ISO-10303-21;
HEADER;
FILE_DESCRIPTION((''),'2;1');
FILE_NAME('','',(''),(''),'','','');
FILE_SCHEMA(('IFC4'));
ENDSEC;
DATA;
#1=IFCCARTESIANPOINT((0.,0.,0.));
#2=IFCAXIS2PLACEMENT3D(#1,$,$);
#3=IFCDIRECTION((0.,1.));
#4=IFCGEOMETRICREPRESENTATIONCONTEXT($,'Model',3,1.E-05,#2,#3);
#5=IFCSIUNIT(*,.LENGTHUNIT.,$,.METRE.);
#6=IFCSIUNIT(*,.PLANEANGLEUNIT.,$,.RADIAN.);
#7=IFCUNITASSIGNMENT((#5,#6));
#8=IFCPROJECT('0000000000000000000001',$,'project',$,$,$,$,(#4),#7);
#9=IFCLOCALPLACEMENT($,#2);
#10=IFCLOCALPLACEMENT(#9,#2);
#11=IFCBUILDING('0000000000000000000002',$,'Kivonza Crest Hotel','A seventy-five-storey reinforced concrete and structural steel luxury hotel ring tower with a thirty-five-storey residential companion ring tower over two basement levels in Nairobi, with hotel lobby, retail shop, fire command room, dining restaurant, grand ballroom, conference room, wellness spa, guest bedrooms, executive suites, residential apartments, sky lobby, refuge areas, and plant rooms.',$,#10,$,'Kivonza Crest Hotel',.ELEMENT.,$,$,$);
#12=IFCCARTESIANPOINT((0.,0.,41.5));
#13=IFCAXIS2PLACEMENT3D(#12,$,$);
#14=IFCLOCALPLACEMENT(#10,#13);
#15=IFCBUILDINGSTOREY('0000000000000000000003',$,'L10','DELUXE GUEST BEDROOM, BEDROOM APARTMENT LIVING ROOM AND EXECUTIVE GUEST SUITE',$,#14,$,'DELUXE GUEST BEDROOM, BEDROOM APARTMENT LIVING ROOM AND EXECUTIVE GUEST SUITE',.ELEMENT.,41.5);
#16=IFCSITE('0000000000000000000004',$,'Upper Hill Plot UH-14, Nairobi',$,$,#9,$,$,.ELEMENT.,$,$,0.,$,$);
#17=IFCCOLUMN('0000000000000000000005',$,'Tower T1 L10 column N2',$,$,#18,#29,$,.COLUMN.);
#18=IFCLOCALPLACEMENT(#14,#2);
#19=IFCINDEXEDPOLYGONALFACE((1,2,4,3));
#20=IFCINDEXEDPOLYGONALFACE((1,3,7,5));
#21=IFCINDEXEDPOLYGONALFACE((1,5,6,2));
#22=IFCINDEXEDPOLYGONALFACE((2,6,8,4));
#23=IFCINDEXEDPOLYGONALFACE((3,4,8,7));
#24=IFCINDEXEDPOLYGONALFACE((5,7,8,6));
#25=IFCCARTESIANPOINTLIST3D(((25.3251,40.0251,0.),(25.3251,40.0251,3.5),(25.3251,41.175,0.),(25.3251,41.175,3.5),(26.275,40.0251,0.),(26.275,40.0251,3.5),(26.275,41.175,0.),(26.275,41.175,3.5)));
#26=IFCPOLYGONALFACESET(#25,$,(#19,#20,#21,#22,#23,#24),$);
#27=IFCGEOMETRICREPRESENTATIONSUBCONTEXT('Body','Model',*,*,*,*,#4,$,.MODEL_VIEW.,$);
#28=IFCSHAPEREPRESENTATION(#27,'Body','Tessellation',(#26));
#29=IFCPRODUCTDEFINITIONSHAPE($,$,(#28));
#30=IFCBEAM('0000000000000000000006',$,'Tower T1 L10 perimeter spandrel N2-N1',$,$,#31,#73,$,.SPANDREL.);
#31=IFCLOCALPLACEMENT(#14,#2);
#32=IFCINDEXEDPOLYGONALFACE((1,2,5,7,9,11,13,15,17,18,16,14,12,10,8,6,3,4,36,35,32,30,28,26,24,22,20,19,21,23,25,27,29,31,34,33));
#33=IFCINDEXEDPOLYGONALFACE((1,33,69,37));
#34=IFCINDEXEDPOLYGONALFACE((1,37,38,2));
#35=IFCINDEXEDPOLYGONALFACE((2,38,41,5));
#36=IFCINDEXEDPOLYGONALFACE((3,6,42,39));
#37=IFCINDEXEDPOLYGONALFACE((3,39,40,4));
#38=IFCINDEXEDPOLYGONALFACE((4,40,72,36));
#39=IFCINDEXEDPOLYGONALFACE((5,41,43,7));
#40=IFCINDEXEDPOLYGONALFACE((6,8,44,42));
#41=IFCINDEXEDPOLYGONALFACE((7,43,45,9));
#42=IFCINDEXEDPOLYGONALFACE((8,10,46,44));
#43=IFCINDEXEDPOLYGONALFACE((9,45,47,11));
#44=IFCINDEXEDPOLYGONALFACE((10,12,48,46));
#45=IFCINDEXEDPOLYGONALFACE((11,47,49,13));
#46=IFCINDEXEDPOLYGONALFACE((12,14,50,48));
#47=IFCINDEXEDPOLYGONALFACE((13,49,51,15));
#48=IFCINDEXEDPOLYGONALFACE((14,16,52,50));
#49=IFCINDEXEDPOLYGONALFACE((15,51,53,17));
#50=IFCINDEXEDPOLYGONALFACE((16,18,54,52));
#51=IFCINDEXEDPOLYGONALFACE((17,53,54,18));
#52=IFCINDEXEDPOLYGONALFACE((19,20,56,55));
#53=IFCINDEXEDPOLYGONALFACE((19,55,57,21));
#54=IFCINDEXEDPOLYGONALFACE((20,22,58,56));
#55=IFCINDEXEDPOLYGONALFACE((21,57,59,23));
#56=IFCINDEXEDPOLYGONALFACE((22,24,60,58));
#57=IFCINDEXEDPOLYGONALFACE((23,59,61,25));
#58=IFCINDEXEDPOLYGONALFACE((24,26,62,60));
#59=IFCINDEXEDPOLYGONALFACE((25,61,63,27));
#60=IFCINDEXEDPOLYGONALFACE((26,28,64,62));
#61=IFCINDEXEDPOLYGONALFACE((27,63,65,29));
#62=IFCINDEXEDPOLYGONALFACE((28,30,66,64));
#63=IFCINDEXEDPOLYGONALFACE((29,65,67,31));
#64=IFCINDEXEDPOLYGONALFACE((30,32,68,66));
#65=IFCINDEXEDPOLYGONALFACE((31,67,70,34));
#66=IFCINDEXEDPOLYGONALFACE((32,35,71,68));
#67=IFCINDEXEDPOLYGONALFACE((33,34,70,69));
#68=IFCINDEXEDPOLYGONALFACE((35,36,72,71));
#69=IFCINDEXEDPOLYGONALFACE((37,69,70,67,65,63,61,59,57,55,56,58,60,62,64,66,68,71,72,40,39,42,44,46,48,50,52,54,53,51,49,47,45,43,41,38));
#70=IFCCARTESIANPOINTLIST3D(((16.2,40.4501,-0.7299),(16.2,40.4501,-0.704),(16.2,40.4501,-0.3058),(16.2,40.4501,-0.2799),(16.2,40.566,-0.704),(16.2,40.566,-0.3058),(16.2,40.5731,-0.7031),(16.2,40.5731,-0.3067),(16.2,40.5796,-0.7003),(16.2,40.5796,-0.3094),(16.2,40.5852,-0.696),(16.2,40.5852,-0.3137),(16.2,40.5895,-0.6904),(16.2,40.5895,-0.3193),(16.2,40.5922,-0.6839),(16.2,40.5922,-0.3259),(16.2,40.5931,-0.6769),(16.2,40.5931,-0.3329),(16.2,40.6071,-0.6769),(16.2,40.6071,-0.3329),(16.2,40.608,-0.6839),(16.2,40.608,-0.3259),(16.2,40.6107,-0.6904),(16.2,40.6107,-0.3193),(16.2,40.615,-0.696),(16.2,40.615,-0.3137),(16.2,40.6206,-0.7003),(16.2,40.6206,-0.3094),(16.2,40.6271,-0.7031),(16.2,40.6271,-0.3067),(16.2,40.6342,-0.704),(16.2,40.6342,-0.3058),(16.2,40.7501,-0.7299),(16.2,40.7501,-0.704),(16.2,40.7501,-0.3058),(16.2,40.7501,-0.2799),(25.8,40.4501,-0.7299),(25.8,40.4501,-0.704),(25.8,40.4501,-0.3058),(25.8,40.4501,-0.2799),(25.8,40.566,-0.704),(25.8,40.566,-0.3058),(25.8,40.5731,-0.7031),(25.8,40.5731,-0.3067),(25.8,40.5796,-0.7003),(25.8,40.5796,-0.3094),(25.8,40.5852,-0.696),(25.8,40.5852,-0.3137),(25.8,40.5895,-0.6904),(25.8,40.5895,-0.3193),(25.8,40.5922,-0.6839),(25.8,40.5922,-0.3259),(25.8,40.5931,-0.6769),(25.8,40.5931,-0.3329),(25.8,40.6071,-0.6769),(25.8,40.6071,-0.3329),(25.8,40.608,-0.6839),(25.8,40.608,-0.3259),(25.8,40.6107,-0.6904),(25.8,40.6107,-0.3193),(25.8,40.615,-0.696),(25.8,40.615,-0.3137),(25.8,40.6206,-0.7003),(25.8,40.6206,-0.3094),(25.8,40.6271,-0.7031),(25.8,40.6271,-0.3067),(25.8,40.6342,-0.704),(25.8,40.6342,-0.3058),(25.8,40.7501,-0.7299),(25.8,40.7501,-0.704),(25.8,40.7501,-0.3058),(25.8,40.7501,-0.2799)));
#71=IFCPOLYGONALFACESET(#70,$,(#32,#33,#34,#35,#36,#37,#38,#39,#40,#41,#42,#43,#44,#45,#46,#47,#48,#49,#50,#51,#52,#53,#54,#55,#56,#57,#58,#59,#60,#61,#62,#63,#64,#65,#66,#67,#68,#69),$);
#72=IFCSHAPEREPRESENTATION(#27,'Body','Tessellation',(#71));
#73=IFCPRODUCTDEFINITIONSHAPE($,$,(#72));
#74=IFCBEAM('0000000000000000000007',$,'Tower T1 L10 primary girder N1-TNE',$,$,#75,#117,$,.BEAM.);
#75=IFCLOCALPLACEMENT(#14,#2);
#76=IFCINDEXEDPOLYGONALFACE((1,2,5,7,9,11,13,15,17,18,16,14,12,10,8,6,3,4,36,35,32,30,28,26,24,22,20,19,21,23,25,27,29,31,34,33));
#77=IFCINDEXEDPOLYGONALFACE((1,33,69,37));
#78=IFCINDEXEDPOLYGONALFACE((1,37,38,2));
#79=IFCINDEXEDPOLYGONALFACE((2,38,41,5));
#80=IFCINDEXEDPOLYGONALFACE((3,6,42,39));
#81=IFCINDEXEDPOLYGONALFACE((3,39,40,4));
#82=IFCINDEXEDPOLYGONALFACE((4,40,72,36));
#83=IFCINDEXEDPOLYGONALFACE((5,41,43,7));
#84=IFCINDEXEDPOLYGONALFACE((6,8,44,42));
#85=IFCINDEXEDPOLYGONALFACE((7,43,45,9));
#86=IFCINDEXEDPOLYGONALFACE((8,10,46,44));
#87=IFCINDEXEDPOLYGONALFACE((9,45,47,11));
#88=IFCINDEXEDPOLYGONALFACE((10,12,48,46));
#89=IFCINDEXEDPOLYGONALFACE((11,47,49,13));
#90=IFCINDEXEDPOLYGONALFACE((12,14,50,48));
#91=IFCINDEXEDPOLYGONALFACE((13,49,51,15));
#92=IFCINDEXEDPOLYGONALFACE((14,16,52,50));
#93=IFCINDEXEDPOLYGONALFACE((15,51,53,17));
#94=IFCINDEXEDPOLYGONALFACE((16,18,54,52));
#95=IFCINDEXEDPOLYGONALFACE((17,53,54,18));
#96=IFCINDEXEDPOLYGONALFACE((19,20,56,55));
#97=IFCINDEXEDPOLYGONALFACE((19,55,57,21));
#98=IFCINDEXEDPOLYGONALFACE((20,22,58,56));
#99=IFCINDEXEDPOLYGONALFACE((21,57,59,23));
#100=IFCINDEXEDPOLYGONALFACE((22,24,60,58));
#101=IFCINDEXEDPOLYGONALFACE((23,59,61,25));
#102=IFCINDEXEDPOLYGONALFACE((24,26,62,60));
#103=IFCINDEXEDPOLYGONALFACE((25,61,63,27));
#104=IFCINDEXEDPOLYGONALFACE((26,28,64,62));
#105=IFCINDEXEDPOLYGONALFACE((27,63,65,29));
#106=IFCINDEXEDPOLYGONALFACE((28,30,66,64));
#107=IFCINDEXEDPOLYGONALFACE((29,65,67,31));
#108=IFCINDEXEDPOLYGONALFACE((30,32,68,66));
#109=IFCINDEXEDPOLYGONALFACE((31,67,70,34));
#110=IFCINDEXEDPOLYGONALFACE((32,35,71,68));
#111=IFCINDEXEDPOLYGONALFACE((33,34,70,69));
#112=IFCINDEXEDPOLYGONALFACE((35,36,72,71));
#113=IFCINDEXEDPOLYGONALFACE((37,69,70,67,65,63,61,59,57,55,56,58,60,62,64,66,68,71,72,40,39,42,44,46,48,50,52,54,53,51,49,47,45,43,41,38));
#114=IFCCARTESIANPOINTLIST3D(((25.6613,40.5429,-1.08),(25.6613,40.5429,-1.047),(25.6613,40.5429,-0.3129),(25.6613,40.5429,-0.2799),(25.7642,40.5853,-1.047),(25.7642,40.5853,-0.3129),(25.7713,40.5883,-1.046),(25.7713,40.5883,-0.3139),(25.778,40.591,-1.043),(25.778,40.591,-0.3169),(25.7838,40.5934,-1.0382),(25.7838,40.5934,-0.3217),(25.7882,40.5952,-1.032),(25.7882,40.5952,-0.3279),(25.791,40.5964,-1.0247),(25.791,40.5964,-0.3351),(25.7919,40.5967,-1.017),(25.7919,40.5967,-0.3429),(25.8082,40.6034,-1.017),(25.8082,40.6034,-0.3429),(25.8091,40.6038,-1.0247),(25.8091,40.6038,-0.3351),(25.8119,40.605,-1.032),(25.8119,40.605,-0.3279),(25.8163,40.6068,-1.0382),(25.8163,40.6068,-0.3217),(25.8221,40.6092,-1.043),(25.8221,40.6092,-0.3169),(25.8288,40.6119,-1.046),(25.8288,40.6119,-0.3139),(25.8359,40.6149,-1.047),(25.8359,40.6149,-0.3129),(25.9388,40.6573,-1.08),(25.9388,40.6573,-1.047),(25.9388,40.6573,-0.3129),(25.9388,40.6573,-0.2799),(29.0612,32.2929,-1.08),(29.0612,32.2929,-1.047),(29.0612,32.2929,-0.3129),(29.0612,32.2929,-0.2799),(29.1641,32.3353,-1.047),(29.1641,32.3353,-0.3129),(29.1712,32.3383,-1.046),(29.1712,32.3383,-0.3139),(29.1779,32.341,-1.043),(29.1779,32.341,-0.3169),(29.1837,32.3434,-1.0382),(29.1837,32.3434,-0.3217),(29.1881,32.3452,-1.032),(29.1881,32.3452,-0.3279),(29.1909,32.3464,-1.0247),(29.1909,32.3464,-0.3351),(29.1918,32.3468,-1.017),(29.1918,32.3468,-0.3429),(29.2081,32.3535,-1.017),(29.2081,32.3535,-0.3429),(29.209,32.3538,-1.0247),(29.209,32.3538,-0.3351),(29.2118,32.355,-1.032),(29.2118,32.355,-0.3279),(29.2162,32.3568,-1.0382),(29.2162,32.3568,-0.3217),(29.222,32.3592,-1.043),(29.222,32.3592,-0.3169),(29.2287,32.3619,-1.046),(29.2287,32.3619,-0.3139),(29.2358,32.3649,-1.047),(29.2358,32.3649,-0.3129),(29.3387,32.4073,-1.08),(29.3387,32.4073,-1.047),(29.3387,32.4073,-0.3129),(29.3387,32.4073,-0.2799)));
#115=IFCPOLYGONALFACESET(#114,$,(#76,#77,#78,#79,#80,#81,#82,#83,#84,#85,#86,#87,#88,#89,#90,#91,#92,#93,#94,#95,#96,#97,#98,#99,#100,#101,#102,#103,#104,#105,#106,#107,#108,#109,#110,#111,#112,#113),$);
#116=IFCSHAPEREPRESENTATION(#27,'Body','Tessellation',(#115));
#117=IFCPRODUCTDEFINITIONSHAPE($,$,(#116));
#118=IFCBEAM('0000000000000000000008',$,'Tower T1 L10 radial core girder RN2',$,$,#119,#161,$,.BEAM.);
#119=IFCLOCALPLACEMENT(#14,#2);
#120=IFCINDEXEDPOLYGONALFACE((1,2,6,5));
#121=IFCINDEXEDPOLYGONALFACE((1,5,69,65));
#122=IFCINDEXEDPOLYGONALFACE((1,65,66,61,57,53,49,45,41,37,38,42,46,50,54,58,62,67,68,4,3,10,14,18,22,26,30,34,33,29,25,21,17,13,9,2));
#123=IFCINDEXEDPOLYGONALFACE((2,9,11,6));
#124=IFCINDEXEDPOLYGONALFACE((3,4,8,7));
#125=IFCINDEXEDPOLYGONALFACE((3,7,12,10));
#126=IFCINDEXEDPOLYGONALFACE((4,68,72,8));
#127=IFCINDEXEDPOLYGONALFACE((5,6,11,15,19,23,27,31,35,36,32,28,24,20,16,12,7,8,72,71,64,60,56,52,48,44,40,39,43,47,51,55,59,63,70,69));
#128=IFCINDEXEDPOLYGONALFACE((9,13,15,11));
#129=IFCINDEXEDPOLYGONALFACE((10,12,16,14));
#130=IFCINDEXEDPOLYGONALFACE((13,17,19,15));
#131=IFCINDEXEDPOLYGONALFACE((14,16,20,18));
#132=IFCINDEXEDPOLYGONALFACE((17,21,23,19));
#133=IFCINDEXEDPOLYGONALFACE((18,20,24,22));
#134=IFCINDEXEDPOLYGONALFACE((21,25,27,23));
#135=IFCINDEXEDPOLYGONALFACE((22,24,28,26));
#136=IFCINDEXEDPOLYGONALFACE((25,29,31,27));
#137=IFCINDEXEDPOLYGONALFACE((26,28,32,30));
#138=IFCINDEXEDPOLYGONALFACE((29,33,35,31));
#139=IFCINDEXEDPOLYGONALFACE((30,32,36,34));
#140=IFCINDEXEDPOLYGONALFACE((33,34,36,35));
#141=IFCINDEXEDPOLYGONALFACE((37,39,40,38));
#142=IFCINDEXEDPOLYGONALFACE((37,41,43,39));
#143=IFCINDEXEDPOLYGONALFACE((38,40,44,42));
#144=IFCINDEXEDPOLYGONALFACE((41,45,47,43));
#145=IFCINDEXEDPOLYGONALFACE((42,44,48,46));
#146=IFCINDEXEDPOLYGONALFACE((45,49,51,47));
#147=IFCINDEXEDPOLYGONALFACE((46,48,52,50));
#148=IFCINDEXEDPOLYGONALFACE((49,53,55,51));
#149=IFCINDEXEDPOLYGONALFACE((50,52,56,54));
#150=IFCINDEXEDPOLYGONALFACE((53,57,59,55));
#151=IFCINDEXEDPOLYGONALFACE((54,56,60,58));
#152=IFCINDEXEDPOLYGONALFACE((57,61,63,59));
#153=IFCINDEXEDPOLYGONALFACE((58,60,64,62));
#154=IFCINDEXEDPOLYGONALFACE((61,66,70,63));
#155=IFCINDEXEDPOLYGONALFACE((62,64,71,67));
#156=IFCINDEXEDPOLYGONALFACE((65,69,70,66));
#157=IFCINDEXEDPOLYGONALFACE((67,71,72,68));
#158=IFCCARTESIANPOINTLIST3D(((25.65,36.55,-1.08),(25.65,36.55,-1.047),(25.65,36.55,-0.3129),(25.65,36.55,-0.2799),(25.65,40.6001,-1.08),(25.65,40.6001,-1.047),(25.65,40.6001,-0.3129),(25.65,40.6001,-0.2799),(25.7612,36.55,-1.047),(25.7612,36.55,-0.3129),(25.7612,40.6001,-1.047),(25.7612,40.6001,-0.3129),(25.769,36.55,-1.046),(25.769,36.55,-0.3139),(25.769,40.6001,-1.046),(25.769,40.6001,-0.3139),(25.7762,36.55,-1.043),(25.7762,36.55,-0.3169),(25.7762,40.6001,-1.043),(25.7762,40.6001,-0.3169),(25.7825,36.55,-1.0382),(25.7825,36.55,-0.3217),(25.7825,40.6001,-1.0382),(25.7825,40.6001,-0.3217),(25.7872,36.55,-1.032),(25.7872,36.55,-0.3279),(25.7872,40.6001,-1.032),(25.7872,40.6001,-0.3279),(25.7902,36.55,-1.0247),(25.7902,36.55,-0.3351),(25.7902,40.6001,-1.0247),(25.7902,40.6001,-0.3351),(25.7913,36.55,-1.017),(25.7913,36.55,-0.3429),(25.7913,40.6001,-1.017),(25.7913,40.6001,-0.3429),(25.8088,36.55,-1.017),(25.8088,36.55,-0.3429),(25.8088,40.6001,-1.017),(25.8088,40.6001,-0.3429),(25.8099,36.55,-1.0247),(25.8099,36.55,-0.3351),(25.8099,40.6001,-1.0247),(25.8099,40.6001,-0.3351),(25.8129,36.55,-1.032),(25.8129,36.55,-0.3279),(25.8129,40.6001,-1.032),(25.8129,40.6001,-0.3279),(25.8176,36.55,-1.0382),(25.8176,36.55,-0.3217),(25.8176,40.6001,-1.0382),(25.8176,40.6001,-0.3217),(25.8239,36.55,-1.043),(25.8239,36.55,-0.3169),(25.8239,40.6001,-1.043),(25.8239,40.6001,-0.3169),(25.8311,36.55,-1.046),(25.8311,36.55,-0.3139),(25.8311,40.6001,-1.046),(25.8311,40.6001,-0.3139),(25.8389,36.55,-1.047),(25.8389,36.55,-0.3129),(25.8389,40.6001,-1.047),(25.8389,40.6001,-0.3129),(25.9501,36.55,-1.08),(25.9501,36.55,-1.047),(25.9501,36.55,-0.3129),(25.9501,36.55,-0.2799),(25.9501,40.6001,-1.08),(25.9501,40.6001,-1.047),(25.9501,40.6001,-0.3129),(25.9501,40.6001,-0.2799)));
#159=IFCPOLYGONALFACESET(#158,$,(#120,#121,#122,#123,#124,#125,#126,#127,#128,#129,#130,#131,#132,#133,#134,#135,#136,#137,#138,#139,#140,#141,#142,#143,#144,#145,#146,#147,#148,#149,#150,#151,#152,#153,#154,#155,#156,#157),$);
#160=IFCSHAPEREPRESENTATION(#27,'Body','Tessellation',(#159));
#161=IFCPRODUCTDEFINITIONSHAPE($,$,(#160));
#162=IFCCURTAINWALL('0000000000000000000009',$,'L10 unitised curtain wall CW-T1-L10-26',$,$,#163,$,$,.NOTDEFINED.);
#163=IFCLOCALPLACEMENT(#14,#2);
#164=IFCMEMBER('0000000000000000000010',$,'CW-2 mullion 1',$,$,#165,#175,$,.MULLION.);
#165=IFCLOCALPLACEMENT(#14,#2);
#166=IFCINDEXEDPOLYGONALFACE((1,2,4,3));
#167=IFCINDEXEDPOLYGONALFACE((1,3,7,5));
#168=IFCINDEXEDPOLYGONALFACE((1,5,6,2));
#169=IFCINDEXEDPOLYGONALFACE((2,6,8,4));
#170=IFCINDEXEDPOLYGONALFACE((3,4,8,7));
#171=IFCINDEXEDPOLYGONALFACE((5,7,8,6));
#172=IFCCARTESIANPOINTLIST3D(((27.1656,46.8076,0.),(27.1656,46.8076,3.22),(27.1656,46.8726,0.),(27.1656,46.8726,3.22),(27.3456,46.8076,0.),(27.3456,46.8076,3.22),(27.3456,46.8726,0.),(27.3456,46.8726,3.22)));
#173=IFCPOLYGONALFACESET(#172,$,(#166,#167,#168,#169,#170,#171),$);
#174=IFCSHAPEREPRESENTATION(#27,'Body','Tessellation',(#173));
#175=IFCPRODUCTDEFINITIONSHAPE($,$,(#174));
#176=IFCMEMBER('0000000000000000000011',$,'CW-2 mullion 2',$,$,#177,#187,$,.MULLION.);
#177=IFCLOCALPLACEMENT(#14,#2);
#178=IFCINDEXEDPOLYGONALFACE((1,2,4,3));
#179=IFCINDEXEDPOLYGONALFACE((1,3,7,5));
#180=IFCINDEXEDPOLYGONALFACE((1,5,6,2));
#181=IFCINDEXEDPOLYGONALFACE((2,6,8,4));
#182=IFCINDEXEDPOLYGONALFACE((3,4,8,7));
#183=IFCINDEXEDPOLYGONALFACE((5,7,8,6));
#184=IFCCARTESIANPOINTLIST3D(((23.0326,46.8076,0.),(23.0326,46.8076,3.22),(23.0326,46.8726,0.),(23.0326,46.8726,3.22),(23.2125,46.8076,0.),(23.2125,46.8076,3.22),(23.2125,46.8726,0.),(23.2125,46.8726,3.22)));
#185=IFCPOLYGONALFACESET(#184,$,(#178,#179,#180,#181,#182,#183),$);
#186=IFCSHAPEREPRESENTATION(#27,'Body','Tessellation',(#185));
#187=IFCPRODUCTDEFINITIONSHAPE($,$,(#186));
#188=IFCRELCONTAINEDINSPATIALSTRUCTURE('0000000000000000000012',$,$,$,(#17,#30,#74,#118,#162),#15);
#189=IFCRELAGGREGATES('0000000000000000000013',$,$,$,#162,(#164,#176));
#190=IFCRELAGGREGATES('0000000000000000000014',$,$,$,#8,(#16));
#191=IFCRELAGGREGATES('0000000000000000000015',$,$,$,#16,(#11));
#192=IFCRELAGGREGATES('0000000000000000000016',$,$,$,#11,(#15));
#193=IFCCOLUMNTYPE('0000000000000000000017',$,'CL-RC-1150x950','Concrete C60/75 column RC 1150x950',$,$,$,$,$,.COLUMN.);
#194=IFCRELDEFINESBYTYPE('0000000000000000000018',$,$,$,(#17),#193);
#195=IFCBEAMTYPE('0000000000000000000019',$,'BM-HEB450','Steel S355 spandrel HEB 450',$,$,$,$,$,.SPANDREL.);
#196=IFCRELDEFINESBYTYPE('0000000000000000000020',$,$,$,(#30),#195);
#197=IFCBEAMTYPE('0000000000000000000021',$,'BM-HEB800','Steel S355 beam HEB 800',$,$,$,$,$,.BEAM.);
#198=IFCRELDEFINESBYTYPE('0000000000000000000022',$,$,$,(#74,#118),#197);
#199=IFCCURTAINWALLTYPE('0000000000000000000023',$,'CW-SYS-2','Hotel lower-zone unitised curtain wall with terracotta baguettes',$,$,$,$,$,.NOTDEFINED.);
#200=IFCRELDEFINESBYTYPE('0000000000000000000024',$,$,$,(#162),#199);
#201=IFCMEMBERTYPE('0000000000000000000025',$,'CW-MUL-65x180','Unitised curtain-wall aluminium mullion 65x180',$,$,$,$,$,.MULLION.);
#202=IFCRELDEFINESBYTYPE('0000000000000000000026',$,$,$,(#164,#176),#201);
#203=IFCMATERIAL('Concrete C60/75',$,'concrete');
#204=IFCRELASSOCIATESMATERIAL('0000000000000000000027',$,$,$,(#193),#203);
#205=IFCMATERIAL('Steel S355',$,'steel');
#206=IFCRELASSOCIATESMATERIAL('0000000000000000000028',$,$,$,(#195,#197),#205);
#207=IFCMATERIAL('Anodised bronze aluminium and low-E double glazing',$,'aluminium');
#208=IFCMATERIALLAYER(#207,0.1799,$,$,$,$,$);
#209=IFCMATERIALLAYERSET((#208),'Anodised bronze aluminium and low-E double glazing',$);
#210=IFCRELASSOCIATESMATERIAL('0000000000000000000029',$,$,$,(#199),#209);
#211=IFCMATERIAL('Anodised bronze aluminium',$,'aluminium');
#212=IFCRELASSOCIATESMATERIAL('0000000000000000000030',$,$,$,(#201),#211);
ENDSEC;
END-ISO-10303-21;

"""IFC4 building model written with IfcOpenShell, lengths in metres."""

from ifc_helpers import new_model, si_unit, direction, frame, origin, origin_2d, place, context, subcontext, project, spatial, rectangle, i_section, extrude, material, layer, layer_set, material_profile, profile_set, type_object, element, aggregate, save


model = new_model("IFC4")

# Units and contexts
model_context = context("Model", 3, precision=1e-05, world=origin(), true_north=direction((0.0, 1.0)))
body_context = subcontext(model_context, "Body", "Model", "MODEL_VIEW")
ifc_project = project(units=[si_unit("LENGTHUNIT", "METRE"), si_unit("PLANEANGLEUNIT", "RADIAN")], contexts=[model_context])

# Site, building, storey
site_placement = place(None, origin())
site = spatial("IfcSite", under=ifc_project, at=site_placement, Name="Upper Hill Plot UH-14, Nairobi", CompositionType="ELEMENT", RefElevation=0.0)
building_placement = place(site_placement, origin())
building = spatial("IfcBuilding", under=site, at=building_placement, Name="Kivonza Crest Hotel", Description="A seventy-five-storey reinforced concrete and structural steel luxury hotel ring tower with a thirty-five-storey residential companion ring tower over two basement levels in Nairobi, with hotel lobby, retail shop, fire command room, dining restaurant, grand ballroom, conference room, wellness spa, guest bedrooms, executive suites, residential apartments, sky lobby, refuge areas, and plant rooms.", LongName="Kivonza Crest Hotel", CompositionType="ELEMENT")
storey_placement = place(building_placement, frame((0.0, 0.0, 41.5)))
storey = spatial("IfcBuildingStorey", under=building, at=storey_placement, Name="L10", Description="DELUXE GUEST BEDROOM, BEDROOM APARTMENT LIVING ROOM AND EXECUTIVE GUEST SUITE", LongName="DELUXE GUEST BEDROOM, BEDROOM APARTMENT LIVING ROOM AND EXECUTIVE GUEST SUITE", CompositionType="ELEMENT", Elevation=41.5)

# Column
ifc_material_1 = material(Name="Concrete C60/75", Category="concrete")
ifc_material_profile_1 = material_profile(ifc_material_1, rectangle(XDim=0.95, YDim=1.1499, at=origin_2d()), Name="RC 1150x950")
ifc_profile_set_1 = profile_set([ifc_material_profile_1], Name="Concrete C60/75")
column_type = type_object("IfcColumnType", Name="CL-RC-1150x950", Description="Concrete C60/75 column RC 1150x950", PredefinedType="COLUMN", material=ifc_profile_set_1)
column_placement = place(storey_placement, frame((25.8, 40.6001, 0.0), z_axis=(0.0, 0.0, 1.0), x_axis=(1.0, 0.0, 0.0)))
element("IfcColumn", 1, at=column_placement, inside=storey, type_object=column_type, Name="Tower T1 L10 column N2", PredefinedType="COLUMN", context=body_context, shape_type="SweptSolid", body=[
    extrude(rectangle(XDim=0.95, YDim=1.1499, at=origin_2d()), origin(), (0.0, 0.0, 1.0), 3.5),
])

# Beams
ifc_material_2 = material(Name="Steel S355", Category="steel")
ifc_material_profile_2 = material_profile(ifc_material_2, i_section(OverallWidth=0.3, OverallDepth=0.45, WebThickness=0.0139, FlangeThickness=0.0259, FilletRadius=0.0271, at=origin_2d()), Name="HEB 450")
ifc_profile_set_2 = profile_set([ifc_material_profile_2], Name="Steel S355")
beam_type_1 = type_object("IfcBeamType", Name="BM-HEB450", Description="Steel S355 spandrel HEB 450", PredefinedType="SPANDREL", material=ifc_profile_set_2)
beam_1_placement = place(storey_placement, frame((25.8, 40.6001, -0.5049), z_axis=(-1.0, 0.0, 0.0), x_axis=(0.0, -1.0, 0.0)))
element("IfcBeam", 2, at=beam_1_placement, inside=storey, type_object=beam_type_1, Name="Tower T1 L10 perimeter spandrel N2-N1", PredefinedType="SPANDREL", context=body_context, shape_type="SweptSolid", body=[
    extrude(i_section(OverallWidth=0.3, OverallDepth=0.45, WebThickness=0.0139, FlangeThickness=0.0259, FilletRadius=0.0271, at=origin_2d()), origin(), (0.0, 0.0, 1.0), 9.6001),
])
ifc_material_profile_3 = material_profile(ifc_material_2, i_section(OverallWidth=0.3, OverallDepth=0.8, WebThickness=0.0176, FlangeThickness=0.033, FilletRadius=0.03, at=origin_2d()), Name="HEB 800")
ifc_profile_set_3 = profile_set([ifc_material_profile_3], Name="Steel S355")
beam_type_2 = type_object("IfcBeamType", Name="BM-HEB800", Description="Steel S355 beam HEB 800", PredefinedType="BEAM", material=ifc_profile_set_3)
beam_2_placement = place(storey_placement, frame((25.8, 40.6001, -0.6799), z_axis=(0.381022, -0.924566, 0.0), x_axis=(0.924566, 0.381022, 0.0)))
element("IfcBeam", 3, at=beam_2_placement, inside=storey, type_object=beam_type_2, Name="Tower T1 L10 primary girder N1-TNE", PredefinedType="BEAM", context=body_context, shape_type="SweptSolid", body=[
    extrude(i_section(OverallWidth=0.3, OverallDepth=0.8, WebThickness=0.0176, FlangeThickness=0.033, FilletRadius=0.03, at=origin_2d()), origin(), (0.0, 0.0, 1.0), 8.9231),
])
beam_3_placement = place(storey_placement, frame((25.8, 40.6001, -0.6799), z_axis=(0.0, -1.0, 0.0), x_axis=(1.0, 0.0, 0.0)))
element("IfcBeam", 4, at=beam_3_placement, inside=storey, type_object=beam_type_2, Name="Tower T1 L10 radial core girder RN2", PredefinedType="BEAM", context=body_context, shape_type="SweptSolid", body=[
    extrude(i_section(OverallWidth=0.3, OverallDepth=0.8, WebThickness=0.0176, FlangeThickness=0.033, FilletRadius=0.03, at=origin_2d()), origin(), (0.0, 0.0, 1.0), 4.05),
])

# Curtain wall, members
ifc_material_3 = material(Name="Anodised bronze aluminium and low-E double glazing", Category="aluminium")
ifc_layer_1 = layer(ifc_material_3, 0.1799)
ifc_layer_set_1 = layer_set([ifc_layer_1], Name="Anodised bronze aluminium and low-E double glazing")
curtain_wall_type = type_object("IfcCurtainWallType", Name="CW-SYS-2", Description="Hotel lower-zone unitised curtain wall with terracotta baguettes", PredefinedType="NOTDEFINED", material=ifc_layer_set_1)
curtain_wall_placement = place(storey_placement, origin())
curtain_wall = element("IfcCurtainWall", 5, at=curtain_wall_placement, inside=storey, type_object=curtain_wall_type, Name="L10 unitised curtain wall CW-T1-L10-26", PredefinedType="NOTDEFINED")
ifc_material_4 = material(Name="Anodised bronze aluminium", Category="aluminium")
ifc_material_profile_4 = material_profile(ifc_material_4, rectangle(XDim=0.0649, YDim=0.1799, at=origin_2d()), Name="CW-M 65x180")
ifc_profile_set_4 = profile_set([ifc_material_profile_4], Name="Anodised bronze aluminium")
member_type_1 = type_object("IfcMemberType", Name="CW-MUL-65x180", Description="Unitised curtain-wall aluminium mullion 65x180", PredefinedType="MULLION", material=ifc_profile_set_4)
member_1_placement = place(storey_placement, frame((27.2556, 46.8401, 0.0), z_axis=(0.0, 0.0, 1.0), x_axis=(0.0, -1.0, 0.0)))
member_1 = element("IfcMember", 6, at=member_1_placement, type_object=member_type_1, Name="CW-2 mullion 1", PredefinedType="MULLION", context=body_context, shape_type="SweptSolid", body=[
    extrude(rectangle(XDim=0.0649, YDim=0.1799, at=origin_2d()), origin(), (0.0, 0.0, 1.0), 3.22),
])
member_2_placement = place(storey_placement, frame((23.1226, 46.8401, 0.0), z_axis=(0.0, 0.0, 1.0), x_axis=(0.0, -1.0, 0.0)))
member_2 = element("IfcMember", 7, at=member_2_placement, type_object=member_type_1, Name="CW-2 mullion 2", PredefinedType="MULLION", context=body_context, shape_type="SweptSolid", body=[
    extrude(rectangle(XDim=0.0649, YDim=0.1799, at=origin_2d()), origin(), (0.0, 0.0, 1.0), 3.22),
])
aggregate(curtain_wall, [member_1, member_2])

save(model, "model.ifc")
